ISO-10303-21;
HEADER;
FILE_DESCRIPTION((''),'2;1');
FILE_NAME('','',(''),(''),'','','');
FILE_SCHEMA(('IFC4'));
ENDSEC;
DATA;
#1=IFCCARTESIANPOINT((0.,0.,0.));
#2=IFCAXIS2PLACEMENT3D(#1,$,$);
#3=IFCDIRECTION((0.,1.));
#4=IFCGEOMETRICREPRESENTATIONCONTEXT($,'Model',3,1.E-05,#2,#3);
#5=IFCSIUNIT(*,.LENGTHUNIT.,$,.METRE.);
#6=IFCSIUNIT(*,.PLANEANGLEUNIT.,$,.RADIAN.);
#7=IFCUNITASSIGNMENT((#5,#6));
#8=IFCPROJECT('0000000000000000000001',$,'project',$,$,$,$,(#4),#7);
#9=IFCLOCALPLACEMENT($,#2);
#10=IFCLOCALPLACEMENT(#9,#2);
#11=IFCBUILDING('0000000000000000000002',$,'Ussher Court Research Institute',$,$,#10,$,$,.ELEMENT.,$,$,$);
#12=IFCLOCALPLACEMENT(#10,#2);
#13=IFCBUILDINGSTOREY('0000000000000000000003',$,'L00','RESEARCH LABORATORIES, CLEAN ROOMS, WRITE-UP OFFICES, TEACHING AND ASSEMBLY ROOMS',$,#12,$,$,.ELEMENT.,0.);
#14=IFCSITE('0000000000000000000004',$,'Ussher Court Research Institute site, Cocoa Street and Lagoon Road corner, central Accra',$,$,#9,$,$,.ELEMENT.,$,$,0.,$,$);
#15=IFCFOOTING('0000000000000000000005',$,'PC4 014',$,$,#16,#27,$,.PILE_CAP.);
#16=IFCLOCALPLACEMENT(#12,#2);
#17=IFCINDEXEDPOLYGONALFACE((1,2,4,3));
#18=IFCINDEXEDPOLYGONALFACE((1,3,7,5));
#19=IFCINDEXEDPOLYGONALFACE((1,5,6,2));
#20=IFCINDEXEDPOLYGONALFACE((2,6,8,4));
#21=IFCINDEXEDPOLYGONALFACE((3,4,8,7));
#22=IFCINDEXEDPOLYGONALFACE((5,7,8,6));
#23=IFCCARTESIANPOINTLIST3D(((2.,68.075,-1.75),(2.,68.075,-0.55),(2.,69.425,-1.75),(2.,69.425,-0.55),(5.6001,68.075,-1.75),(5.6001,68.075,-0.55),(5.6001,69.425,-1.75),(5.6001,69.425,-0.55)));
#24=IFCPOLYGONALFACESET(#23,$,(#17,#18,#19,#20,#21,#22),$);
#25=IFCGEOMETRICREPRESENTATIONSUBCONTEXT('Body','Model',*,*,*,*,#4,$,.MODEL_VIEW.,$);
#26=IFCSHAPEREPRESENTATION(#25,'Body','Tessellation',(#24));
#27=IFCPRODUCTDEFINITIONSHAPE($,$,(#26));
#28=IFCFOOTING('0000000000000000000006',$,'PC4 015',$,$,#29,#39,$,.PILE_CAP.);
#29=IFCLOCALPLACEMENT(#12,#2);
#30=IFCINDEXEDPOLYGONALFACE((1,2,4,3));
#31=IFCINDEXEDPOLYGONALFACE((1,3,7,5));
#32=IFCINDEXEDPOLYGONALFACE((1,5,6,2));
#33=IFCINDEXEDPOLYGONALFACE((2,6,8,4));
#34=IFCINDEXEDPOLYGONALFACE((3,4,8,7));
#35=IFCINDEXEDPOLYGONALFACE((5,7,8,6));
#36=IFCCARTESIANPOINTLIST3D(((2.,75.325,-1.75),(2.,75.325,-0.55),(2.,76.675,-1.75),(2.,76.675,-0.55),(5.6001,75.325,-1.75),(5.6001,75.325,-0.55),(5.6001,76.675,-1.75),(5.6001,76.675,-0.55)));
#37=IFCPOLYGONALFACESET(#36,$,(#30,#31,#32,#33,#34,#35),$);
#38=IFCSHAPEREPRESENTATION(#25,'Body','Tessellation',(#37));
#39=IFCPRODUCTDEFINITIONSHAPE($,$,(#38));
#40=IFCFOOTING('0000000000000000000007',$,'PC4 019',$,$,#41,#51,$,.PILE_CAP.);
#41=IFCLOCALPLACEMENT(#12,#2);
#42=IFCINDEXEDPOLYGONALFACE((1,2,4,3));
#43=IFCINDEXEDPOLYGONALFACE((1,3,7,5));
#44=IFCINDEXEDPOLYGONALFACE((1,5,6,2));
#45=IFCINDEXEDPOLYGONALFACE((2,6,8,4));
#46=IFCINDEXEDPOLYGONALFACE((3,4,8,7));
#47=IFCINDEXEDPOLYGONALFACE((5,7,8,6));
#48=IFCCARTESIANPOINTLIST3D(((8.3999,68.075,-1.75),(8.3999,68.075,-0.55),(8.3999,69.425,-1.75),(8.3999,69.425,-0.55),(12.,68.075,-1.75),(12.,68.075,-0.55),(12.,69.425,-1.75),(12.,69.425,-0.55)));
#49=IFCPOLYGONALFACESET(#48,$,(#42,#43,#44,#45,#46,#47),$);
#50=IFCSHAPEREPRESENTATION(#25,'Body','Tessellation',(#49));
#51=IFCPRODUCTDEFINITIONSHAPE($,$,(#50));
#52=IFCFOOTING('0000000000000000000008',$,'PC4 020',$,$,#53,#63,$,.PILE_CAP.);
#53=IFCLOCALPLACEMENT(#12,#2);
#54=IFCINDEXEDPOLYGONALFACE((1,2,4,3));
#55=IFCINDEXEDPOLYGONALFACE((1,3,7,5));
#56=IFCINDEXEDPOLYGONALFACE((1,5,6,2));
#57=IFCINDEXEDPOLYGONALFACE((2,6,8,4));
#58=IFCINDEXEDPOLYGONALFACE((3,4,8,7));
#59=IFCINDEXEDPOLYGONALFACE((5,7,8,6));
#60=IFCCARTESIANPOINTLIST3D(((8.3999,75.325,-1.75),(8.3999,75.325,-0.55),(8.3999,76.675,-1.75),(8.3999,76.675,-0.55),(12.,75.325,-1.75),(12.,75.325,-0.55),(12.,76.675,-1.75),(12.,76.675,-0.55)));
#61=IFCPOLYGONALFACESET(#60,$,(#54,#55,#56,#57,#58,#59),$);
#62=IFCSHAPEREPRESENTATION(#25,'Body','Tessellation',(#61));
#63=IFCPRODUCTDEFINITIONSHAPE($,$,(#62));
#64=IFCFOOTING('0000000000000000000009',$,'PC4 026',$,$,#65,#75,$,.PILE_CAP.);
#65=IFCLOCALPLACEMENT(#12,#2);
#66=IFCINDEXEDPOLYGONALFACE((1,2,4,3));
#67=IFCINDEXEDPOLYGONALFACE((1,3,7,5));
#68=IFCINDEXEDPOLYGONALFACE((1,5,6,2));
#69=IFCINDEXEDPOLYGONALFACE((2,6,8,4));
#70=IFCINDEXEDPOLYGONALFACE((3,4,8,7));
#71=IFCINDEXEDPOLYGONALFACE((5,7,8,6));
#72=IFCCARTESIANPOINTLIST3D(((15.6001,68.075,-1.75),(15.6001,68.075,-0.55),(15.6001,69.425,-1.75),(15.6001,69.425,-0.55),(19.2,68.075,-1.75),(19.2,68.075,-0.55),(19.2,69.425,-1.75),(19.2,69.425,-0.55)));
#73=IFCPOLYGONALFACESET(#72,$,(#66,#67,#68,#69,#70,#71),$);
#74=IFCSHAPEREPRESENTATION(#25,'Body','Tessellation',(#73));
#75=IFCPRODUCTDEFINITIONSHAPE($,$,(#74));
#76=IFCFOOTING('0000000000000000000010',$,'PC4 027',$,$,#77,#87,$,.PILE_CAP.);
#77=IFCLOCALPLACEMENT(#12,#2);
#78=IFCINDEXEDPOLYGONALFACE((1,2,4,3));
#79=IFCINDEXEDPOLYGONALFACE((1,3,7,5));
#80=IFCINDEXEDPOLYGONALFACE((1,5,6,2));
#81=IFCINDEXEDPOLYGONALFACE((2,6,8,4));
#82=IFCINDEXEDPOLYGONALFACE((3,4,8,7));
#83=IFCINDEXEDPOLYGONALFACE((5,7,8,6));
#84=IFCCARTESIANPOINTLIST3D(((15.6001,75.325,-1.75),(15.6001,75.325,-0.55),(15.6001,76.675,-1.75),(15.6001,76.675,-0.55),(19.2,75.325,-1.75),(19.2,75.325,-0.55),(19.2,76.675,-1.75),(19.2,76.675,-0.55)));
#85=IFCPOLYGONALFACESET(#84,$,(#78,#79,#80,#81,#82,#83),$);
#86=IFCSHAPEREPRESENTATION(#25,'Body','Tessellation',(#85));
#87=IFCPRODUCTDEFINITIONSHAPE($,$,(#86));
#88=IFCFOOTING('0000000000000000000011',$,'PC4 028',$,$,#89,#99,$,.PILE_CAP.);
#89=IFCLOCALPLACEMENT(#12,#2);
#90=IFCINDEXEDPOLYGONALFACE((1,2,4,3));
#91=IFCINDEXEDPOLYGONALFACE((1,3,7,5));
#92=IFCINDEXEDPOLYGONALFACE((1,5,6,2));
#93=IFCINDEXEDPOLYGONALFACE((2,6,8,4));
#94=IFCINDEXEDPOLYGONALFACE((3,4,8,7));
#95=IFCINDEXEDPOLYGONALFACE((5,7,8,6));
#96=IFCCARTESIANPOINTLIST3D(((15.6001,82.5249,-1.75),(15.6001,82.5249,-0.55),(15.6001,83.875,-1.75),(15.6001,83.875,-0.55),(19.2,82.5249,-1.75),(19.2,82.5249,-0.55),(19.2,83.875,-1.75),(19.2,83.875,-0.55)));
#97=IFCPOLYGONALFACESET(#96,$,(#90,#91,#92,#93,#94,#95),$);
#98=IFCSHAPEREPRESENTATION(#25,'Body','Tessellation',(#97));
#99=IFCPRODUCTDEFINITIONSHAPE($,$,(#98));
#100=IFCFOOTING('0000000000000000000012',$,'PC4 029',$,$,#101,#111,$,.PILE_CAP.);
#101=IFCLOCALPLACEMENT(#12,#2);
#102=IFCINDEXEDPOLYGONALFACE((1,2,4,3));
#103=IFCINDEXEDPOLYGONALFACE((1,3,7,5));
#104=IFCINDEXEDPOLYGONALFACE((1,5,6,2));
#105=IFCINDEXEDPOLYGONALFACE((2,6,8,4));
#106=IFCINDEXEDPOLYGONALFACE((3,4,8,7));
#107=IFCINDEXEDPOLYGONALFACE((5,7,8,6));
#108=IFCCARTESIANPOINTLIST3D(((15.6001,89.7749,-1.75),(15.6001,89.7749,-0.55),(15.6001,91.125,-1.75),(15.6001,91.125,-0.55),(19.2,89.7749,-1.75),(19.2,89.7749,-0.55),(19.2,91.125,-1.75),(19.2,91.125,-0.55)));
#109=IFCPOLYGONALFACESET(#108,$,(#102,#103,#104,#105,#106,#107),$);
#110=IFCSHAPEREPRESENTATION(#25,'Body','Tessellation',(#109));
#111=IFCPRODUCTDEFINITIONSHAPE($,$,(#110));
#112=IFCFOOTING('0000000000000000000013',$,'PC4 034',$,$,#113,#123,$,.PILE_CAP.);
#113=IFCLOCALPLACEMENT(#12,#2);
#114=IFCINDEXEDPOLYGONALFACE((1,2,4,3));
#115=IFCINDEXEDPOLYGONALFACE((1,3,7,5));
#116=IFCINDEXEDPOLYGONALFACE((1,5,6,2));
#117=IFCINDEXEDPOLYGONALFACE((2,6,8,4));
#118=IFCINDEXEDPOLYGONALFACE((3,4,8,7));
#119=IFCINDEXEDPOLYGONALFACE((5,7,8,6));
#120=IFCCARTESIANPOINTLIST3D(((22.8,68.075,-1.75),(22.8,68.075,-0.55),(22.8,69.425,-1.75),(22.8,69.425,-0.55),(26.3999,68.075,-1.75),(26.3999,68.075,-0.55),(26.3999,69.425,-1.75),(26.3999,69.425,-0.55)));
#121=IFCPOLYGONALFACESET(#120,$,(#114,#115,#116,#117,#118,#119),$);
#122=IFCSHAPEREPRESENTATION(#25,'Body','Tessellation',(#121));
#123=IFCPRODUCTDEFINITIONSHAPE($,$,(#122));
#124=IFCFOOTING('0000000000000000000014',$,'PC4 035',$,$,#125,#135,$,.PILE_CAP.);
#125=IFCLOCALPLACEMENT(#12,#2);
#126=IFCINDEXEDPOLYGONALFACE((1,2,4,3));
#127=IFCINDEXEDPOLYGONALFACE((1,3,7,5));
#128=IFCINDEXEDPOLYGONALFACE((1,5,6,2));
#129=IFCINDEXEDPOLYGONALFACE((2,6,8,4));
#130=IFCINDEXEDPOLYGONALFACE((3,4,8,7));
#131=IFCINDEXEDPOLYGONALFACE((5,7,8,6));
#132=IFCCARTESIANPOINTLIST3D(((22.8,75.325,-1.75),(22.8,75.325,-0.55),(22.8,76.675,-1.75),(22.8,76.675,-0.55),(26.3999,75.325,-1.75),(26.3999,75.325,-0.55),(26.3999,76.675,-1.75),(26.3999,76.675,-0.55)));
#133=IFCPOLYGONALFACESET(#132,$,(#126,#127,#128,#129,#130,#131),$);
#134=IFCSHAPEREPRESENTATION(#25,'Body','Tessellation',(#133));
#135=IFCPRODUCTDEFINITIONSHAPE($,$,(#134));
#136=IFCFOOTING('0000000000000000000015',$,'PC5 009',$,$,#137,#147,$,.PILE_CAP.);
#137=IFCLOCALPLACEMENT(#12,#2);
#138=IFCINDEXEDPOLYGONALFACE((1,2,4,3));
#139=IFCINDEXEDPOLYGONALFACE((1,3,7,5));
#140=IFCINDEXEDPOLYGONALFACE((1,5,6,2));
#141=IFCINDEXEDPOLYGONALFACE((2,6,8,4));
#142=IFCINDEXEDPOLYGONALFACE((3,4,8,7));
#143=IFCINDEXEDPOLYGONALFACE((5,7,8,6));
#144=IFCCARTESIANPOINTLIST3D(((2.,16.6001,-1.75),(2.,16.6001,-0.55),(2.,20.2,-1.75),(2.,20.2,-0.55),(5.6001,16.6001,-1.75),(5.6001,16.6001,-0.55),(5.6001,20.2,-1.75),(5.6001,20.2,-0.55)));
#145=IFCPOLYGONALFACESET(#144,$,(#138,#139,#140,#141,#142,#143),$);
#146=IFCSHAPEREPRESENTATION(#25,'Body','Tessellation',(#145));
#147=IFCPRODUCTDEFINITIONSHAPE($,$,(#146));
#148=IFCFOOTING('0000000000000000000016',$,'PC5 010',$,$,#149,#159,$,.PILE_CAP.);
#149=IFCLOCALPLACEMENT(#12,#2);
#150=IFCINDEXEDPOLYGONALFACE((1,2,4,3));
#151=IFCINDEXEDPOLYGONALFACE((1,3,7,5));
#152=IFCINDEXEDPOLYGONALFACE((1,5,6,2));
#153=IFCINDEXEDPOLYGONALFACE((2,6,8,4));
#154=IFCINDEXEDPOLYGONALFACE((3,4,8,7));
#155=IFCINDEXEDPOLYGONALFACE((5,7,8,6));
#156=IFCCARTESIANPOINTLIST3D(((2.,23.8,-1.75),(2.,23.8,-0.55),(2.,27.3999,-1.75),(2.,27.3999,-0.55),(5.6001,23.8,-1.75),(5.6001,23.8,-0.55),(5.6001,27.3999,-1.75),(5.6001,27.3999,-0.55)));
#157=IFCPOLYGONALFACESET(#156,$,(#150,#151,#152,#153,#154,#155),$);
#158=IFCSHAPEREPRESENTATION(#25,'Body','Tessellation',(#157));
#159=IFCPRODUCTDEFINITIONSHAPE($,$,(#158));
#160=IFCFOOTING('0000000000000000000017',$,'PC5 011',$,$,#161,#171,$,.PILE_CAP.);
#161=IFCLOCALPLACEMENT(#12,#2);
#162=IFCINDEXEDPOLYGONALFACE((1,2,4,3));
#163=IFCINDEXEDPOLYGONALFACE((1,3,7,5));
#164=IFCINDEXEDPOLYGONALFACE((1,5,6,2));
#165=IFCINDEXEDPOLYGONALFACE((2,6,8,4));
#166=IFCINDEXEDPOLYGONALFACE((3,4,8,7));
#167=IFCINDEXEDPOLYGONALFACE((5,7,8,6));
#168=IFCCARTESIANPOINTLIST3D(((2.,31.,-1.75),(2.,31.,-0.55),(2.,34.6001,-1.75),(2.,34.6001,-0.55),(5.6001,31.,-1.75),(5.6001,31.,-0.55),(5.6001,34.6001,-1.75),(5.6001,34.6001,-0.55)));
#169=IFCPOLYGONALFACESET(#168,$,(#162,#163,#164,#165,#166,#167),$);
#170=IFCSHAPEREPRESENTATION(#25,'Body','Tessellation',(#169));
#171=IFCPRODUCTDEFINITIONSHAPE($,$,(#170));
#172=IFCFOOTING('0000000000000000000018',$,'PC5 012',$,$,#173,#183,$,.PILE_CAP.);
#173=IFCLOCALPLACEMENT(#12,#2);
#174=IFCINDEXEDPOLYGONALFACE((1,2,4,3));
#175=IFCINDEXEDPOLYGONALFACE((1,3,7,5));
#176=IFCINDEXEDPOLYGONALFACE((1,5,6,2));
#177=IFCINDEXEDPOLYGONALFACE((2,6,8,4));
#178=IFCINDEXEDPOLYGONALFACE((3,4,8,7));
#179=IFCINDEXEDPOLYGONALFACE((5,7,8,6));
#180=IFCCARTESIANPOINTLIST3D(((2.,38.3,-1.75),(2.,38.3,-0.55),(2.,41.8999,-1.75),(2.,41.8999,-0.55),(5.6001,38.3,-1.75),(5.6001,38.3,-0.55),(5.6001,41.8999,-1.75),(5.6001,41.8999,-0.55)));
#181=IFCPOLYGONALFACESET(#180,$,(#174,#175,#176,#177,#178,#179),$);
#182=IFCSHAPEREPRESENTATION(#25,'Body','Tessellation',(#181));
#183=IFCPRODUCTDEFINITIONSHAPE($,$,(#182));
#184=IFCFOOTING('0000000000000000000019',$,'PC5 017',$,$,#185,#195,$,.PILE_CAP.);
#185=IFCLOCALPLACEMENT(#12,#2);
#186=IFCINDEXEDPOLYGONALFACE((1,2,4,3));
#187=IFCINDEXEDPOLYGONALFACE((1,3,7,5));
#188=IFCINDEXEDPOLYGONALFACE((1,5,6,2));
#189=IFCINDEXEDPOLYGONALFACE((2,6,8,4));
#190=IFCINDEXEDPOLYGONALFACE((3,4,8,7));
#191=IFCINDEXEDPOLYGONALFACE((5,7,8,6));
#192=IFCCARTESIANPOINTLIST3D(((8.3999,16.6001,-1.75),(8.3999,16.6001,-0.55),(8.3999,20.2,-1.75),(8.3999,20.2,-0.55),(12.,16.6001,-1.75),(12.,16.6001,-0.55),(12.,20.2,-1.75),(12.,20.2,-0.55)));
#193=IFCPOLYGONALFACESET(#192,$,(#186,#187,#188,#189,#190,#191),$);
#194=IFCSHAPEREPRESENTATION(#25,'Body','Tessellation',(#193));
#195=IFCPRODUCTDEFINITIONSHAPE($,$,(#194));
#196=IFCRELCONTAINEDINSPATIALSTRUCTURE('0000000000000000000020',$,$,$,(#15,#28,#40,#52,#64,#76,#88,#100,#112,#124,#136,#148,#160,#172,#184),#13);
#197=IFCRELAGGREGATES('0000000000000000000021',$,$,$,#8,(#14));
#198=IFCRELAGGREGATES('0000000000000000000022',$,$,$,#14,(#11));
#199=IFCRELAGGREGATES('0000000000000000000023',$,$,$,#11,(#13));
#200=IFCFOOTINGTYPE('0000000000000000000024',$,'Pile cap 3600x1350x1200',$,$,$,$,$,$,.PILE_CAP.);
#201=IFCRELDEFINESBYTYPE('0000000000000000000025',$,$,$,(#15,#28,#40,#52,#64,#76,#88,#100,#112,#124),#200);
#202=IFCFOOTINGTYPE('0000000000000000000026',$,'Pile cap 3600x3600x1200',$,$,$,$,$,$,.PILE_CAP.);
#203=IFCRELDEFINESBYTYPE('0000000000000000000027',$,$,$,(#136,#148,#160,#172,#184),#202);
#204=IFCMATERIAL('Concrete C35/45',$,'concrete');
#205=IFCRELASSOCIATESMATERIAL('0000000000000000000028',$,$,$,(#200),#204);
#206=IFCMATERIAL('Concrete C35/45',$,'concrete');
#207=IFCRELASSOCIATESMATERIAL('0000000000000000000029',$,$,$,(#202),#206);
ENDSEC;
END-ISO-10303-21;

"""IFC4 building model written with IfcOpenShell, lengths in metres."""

from ifc_helpers import new_model, si_unit, direction, frame, origin, place, context, subcontext, project, spatial, polyline, outline, extrude, material, type_object, element, save


model = new_model("IFC4")

# Units and contexts
model_context = context("Model", 3, precision=1e-05, world=origin(), true_north=direction((0.0, 1.0)))
body_context = subcontext(model_context, "Body", "Model", "MODEL_VIEW")
ifc_project = project(units=[si_unit("LENGTHUNIT", "METRE"), si_unit("PLANEANGLEUNIT", "RADIAN")], contexts=[model_context])

# Site, building, storey
site_placement = place(None, origin())
site = spatial("IfcSite", under=ifc_project, at=site_placement, Name="Ussher Court Research Institute site, Cocoa Street and Lagoon Road corner, central Accra", CompositionType="ELEMENT", RefElevation=0.0)
building_placement = place(site_placement, origin())
building = spatial("IfcBuilding", under=site, at=building_placement, Name="Ussher Court Research Institute", CompositionType="ELEMENT")
storey_placement = place(building_placement, origin())
storey = spatial("IfcBuildingStorey", under=building, at=storey_placement, Name="L00", Description="RESEARCH LABORATORIES, CLEAN ROOMS, WRITE-UP OFFICES, TEACHING AND ASSEMBLY ROOMS", CompositionType="ELEMENT", Elevation=0.0)

# Footings
ifc_material_1 = material(Name="Concrete C35/45", Category="concrete")
footing_type_1 = type_object("IfcFootingType", Name="Pile cap 3600x1350x1200", PredefinedType="PILE_CAP", material=ifc_material_1)
footing_1_placement = place(storey_placement, frame((0.0, 0.0, -1.75)))
element("IfcFooting", 1, at=footing_1_placement, inside=storey, type_object=footing_type_1, Name="PC4 014", PredefinedType="PILE_CAP", context=body_context, shape_type="SweptSolid", body=[
    extrude(outline(polyline([(2.0, 68.075), (5.6001, 68.075), (5.6001, 69.425), (2.0, 69.425), (2.0, 68.075)])), origin(), (0.0, 0.0, 1.0), 1.2),
])
footing_2_placement = place(storey_placement, frame((0.0, 0.0, -1.75)))
element("IfcFooting", 2, at=footing_2_placement, inside=storey, type_object=footing_type_1, Name="PC4 015", PredefinedType="PILE_CAP", context=body_context, shape_type="SweptSolid", body=[
    extrude(outline(polyline([(2.0, 75.325), (5.6001, 75.325), (5.6001, 76.675), (2.0, 76.675), (2.0, 75.325)])), origin(), (0.0, 0.0, 1.0), 1.2),
])
footing_3_placement = place(storey_placement, frame((0.0, 0.0, -1.75)))
element("IfcFooting", 3, at=footing_3_placement, inside=storey, type_object=footing_type_1, Name="PC4 019", PredefinedType="PILE_CAP", context=body_context, shape_type="SweptSolid", body=[
    extrude(outline(polyline([(8.3999, 68.075), (12.0, 68.075), (12.0, 69.425), (8.3999, 69.425), (8.3999, 68.075)])), origin(), (0.0, 0.0, 1.0), 1.2),
])
footing_4_placement = place(storey_placement, frame((0.0, 0.0, -1.75)))
element("IfcFooting", 4, at=footing_4_placement, inside=storey, type_object=footing_type_1, Name="PC4 020", PredefinedType="PILE_CAP", context=body_context, shape_type="SweptSolid", body=[
    extrude(outline(polyline([(8.3999, 75.325), (12.0, 75.325), (12.0, 76.675), (8.3999, 76.675), (8.3999, 75.325)])), origin(), (0.0, 0.0, 1.0), 1.2),
])
footing_5_placement = place(storey_placement, frame((0.0, 0.0, -1.75)))
element("IfcFooting", 5, at=footing_5_placement, inside=storey, type_object=footing_type_1, Name="PC4 026", PredefinedType="PILE_CAP", context=body_context, shape_type="SweptSolid", body=[
    extrude(outline(polyline([(15.6001, 68.075), (19.2, 68.075), (19.2, 69.425), (15.6001, 69.425), (15.6001, 68.075)])), origin(), (0.0, 0.0, 1.0), 1.2),
])
footing_6_placement = place(storey_placement, frame((0.0, 0.0, -1.75)))
element("IfcFooting", 6, at=footing_6_placement, inside=storey, type_object=footing_type_1, Name="PC4 027", PredefinedType="PILE_CAP", context=body_context, shape_type="SweptSolid", body=[
    extrude(outline(polyline([(15.6001, 75.325), (19.2, 75.325), (19.2, 76.675), (15.6001, 76.675), (15.6001, 75.325)])), origin(), (0.0, 0.0, 1.0), 1.2),
])
footing_7_placement = place(storey_placement, frame((0.0, 0.0, -1.75)))
element("IfcFooting", 7, at=footing_7_placement, inside=storey, type_object=footing_type_1, Name="PC4 028", PredefinedType="PILE_CAP", context=body_context, shape_type="SweptSolid", body=[
    extrude(outline(polyline([(15.6001, 82.5249), (19.2, 82.5249), (19.2, 83.875), (15.6001, 83.875), (15.6001, 82.5249)])), origin(), (0.0, 0.0, 1.0), 1.2),
])
footing_8_placement = place(storey_placement, frame((0.0, 0.0, -1.75)))
element("IfcFooting", 8, at=footing_8_placement, inside=storey, type_object=footing_type_1, Name="PC4 029", PredefinedType="PILE_CAP", context=body_context, shape_type="SweptSolid", body=[
    extrude(outline(polyline([(15.6001, 89.7749), (19.2, 89.7749), (19.2, 91.125), (15.6001, 91.125), (15.6001, 89.7749)])), origin(), (0.0, 0.0, 1.0), 1.2),
])
footing_9_placement = place(storey_placement, frame((0.0, 0.0, -1.75)))
element("IfcFooting", 9, at=footing_9_placement, inside=storey, type_object=footing_type_1, Name="PC4 034", PredefinedType="PILE_CAP", context=body_context, shape_type="SweptSolid", body=[
    extrude(outline(polyline([(22.8, 68.075), (26.3999, 68.075), (26.3999, 69.425), (22.8, 69.425), (22.8, 68.075)])), origin(), (0.0, 0.0, 1.0), 1.2),
])
footing_10_placement = place(storey_placement, frame((0.0, 0.0, -1.75)))
element("IfcFooting", 10, at=footing_10_placement, inside=storey, type_object=footing_type_1, Name="PC4 035", PredefinedType="PILE_CAP", context=body_context, shape_type="SweptSolid", body=[
    extrude(outline(polyline([(22.8, 75.325), (26.3999, 75.325), (26.3999, 76.675), (22.8, 76.675), (22.8, 75.325)])), origin(), (0.0, 0.0, 1.0), 1.2),
])
ifc_material_2 = material(Name="Concrete C35/45", Category="concrete")
footing_type_2 = type_object("IfcFootingType", Name="Pile cap 3600x3600x1200", PredefinedType="PILE_CAP", material=ifc_material_2)
footing_11_placement = place(storey_placement, frame((0.0, 0.0, -1.75)))
element("IfcFooting", 11, at=footing_11_placement, inside=storey, type_object=footing_type_2, Name="PC5 009", PredefinedType="PILE_CAP", context=body_context, shape_type="SweptSolid", body=[
    extrude(outline(polyline([(2.0, 16.6001), (5.6001, 16.6001), (5.6001, 20.2), (2.0, 20.2), (2.0, 16.6001)])), origin(), (0.0, 0.0, 1.0), 1.2),
])
footing_12_placement = place(storey_placement, frame((0.0, 0.0, -1.75)))
element("IfcFooting", 12, at=footing_12_placement, inside=storey, type_object=footing_type_2, Name="PC5 010", PredefinedType="PILE_CAP", context=body_context, shape_type="SweptSolid", body=[
    extrude(outline(polyline([(2.0, 23.8), (5.6001, 23.8), (5.6001, 27.3999), (2.0, 27.3999), (2.0, 23.8)])), origin(), (0.0, 0.0, 1.0), 1.2),
])
footing_13_placement = place(storey_placement, frame((0.0, 0.0, -1.75)))
element("IfcFooting", 13, at=footing_13_placement, inside=storey, type_object=footing_type_2, Name="PC5 011", PredefinedType="PILE_CAP", context=body_context, shape_type="SweptSolid", body=[
    extrude(outline(polyline([(2.0, 31.0), (5.6001, 31.0), (5.6001, 34.6001), (2.0, 34.6001), (2.0, 31.0)])), origin(), (0.0, 0.0, 1.0), 1.2),
])
footing_14_placement = place(storey_placement, frame((0.0, 0.0, -1.75)))
element("IfcFooting", 14, at=footing_14_placement, inside=storey, type_object=footing_type_2, Name="PC5 012", PredefinedType="PILE_CAP", context=body_context, shape_type="SweptSolid", body=[
    extrude(outline(polyline([(2.0, 38.3), (5.6001, 38.3), (5.6001, 41.8999), (2.0, 41.8999), (2.0, 38.3)])), origin(), (0.0, 0.0, 1.0), 1.2),
])
footing_15_placement = place(storey_placement, frame((0.0, 0.0, -1.75)))
element("IfcFooting", 15, at=footing_15_placement, inside=storey, type_object=footing_type_2, Name="PC5 017", PredefinedType="PILE_CAP", context=body_context, shape_type="SweptSolid", body=[
    extrude(outline(polyline([(8.3999, 16.6001), (12.0, 16.6001), (12.0, 20.2), (8.3999, 20.2), (8.3999, 16.6001)])), origin(), (0.0, 0.0, 1.0), 1.2),
])

save(model, "model.ifc")
